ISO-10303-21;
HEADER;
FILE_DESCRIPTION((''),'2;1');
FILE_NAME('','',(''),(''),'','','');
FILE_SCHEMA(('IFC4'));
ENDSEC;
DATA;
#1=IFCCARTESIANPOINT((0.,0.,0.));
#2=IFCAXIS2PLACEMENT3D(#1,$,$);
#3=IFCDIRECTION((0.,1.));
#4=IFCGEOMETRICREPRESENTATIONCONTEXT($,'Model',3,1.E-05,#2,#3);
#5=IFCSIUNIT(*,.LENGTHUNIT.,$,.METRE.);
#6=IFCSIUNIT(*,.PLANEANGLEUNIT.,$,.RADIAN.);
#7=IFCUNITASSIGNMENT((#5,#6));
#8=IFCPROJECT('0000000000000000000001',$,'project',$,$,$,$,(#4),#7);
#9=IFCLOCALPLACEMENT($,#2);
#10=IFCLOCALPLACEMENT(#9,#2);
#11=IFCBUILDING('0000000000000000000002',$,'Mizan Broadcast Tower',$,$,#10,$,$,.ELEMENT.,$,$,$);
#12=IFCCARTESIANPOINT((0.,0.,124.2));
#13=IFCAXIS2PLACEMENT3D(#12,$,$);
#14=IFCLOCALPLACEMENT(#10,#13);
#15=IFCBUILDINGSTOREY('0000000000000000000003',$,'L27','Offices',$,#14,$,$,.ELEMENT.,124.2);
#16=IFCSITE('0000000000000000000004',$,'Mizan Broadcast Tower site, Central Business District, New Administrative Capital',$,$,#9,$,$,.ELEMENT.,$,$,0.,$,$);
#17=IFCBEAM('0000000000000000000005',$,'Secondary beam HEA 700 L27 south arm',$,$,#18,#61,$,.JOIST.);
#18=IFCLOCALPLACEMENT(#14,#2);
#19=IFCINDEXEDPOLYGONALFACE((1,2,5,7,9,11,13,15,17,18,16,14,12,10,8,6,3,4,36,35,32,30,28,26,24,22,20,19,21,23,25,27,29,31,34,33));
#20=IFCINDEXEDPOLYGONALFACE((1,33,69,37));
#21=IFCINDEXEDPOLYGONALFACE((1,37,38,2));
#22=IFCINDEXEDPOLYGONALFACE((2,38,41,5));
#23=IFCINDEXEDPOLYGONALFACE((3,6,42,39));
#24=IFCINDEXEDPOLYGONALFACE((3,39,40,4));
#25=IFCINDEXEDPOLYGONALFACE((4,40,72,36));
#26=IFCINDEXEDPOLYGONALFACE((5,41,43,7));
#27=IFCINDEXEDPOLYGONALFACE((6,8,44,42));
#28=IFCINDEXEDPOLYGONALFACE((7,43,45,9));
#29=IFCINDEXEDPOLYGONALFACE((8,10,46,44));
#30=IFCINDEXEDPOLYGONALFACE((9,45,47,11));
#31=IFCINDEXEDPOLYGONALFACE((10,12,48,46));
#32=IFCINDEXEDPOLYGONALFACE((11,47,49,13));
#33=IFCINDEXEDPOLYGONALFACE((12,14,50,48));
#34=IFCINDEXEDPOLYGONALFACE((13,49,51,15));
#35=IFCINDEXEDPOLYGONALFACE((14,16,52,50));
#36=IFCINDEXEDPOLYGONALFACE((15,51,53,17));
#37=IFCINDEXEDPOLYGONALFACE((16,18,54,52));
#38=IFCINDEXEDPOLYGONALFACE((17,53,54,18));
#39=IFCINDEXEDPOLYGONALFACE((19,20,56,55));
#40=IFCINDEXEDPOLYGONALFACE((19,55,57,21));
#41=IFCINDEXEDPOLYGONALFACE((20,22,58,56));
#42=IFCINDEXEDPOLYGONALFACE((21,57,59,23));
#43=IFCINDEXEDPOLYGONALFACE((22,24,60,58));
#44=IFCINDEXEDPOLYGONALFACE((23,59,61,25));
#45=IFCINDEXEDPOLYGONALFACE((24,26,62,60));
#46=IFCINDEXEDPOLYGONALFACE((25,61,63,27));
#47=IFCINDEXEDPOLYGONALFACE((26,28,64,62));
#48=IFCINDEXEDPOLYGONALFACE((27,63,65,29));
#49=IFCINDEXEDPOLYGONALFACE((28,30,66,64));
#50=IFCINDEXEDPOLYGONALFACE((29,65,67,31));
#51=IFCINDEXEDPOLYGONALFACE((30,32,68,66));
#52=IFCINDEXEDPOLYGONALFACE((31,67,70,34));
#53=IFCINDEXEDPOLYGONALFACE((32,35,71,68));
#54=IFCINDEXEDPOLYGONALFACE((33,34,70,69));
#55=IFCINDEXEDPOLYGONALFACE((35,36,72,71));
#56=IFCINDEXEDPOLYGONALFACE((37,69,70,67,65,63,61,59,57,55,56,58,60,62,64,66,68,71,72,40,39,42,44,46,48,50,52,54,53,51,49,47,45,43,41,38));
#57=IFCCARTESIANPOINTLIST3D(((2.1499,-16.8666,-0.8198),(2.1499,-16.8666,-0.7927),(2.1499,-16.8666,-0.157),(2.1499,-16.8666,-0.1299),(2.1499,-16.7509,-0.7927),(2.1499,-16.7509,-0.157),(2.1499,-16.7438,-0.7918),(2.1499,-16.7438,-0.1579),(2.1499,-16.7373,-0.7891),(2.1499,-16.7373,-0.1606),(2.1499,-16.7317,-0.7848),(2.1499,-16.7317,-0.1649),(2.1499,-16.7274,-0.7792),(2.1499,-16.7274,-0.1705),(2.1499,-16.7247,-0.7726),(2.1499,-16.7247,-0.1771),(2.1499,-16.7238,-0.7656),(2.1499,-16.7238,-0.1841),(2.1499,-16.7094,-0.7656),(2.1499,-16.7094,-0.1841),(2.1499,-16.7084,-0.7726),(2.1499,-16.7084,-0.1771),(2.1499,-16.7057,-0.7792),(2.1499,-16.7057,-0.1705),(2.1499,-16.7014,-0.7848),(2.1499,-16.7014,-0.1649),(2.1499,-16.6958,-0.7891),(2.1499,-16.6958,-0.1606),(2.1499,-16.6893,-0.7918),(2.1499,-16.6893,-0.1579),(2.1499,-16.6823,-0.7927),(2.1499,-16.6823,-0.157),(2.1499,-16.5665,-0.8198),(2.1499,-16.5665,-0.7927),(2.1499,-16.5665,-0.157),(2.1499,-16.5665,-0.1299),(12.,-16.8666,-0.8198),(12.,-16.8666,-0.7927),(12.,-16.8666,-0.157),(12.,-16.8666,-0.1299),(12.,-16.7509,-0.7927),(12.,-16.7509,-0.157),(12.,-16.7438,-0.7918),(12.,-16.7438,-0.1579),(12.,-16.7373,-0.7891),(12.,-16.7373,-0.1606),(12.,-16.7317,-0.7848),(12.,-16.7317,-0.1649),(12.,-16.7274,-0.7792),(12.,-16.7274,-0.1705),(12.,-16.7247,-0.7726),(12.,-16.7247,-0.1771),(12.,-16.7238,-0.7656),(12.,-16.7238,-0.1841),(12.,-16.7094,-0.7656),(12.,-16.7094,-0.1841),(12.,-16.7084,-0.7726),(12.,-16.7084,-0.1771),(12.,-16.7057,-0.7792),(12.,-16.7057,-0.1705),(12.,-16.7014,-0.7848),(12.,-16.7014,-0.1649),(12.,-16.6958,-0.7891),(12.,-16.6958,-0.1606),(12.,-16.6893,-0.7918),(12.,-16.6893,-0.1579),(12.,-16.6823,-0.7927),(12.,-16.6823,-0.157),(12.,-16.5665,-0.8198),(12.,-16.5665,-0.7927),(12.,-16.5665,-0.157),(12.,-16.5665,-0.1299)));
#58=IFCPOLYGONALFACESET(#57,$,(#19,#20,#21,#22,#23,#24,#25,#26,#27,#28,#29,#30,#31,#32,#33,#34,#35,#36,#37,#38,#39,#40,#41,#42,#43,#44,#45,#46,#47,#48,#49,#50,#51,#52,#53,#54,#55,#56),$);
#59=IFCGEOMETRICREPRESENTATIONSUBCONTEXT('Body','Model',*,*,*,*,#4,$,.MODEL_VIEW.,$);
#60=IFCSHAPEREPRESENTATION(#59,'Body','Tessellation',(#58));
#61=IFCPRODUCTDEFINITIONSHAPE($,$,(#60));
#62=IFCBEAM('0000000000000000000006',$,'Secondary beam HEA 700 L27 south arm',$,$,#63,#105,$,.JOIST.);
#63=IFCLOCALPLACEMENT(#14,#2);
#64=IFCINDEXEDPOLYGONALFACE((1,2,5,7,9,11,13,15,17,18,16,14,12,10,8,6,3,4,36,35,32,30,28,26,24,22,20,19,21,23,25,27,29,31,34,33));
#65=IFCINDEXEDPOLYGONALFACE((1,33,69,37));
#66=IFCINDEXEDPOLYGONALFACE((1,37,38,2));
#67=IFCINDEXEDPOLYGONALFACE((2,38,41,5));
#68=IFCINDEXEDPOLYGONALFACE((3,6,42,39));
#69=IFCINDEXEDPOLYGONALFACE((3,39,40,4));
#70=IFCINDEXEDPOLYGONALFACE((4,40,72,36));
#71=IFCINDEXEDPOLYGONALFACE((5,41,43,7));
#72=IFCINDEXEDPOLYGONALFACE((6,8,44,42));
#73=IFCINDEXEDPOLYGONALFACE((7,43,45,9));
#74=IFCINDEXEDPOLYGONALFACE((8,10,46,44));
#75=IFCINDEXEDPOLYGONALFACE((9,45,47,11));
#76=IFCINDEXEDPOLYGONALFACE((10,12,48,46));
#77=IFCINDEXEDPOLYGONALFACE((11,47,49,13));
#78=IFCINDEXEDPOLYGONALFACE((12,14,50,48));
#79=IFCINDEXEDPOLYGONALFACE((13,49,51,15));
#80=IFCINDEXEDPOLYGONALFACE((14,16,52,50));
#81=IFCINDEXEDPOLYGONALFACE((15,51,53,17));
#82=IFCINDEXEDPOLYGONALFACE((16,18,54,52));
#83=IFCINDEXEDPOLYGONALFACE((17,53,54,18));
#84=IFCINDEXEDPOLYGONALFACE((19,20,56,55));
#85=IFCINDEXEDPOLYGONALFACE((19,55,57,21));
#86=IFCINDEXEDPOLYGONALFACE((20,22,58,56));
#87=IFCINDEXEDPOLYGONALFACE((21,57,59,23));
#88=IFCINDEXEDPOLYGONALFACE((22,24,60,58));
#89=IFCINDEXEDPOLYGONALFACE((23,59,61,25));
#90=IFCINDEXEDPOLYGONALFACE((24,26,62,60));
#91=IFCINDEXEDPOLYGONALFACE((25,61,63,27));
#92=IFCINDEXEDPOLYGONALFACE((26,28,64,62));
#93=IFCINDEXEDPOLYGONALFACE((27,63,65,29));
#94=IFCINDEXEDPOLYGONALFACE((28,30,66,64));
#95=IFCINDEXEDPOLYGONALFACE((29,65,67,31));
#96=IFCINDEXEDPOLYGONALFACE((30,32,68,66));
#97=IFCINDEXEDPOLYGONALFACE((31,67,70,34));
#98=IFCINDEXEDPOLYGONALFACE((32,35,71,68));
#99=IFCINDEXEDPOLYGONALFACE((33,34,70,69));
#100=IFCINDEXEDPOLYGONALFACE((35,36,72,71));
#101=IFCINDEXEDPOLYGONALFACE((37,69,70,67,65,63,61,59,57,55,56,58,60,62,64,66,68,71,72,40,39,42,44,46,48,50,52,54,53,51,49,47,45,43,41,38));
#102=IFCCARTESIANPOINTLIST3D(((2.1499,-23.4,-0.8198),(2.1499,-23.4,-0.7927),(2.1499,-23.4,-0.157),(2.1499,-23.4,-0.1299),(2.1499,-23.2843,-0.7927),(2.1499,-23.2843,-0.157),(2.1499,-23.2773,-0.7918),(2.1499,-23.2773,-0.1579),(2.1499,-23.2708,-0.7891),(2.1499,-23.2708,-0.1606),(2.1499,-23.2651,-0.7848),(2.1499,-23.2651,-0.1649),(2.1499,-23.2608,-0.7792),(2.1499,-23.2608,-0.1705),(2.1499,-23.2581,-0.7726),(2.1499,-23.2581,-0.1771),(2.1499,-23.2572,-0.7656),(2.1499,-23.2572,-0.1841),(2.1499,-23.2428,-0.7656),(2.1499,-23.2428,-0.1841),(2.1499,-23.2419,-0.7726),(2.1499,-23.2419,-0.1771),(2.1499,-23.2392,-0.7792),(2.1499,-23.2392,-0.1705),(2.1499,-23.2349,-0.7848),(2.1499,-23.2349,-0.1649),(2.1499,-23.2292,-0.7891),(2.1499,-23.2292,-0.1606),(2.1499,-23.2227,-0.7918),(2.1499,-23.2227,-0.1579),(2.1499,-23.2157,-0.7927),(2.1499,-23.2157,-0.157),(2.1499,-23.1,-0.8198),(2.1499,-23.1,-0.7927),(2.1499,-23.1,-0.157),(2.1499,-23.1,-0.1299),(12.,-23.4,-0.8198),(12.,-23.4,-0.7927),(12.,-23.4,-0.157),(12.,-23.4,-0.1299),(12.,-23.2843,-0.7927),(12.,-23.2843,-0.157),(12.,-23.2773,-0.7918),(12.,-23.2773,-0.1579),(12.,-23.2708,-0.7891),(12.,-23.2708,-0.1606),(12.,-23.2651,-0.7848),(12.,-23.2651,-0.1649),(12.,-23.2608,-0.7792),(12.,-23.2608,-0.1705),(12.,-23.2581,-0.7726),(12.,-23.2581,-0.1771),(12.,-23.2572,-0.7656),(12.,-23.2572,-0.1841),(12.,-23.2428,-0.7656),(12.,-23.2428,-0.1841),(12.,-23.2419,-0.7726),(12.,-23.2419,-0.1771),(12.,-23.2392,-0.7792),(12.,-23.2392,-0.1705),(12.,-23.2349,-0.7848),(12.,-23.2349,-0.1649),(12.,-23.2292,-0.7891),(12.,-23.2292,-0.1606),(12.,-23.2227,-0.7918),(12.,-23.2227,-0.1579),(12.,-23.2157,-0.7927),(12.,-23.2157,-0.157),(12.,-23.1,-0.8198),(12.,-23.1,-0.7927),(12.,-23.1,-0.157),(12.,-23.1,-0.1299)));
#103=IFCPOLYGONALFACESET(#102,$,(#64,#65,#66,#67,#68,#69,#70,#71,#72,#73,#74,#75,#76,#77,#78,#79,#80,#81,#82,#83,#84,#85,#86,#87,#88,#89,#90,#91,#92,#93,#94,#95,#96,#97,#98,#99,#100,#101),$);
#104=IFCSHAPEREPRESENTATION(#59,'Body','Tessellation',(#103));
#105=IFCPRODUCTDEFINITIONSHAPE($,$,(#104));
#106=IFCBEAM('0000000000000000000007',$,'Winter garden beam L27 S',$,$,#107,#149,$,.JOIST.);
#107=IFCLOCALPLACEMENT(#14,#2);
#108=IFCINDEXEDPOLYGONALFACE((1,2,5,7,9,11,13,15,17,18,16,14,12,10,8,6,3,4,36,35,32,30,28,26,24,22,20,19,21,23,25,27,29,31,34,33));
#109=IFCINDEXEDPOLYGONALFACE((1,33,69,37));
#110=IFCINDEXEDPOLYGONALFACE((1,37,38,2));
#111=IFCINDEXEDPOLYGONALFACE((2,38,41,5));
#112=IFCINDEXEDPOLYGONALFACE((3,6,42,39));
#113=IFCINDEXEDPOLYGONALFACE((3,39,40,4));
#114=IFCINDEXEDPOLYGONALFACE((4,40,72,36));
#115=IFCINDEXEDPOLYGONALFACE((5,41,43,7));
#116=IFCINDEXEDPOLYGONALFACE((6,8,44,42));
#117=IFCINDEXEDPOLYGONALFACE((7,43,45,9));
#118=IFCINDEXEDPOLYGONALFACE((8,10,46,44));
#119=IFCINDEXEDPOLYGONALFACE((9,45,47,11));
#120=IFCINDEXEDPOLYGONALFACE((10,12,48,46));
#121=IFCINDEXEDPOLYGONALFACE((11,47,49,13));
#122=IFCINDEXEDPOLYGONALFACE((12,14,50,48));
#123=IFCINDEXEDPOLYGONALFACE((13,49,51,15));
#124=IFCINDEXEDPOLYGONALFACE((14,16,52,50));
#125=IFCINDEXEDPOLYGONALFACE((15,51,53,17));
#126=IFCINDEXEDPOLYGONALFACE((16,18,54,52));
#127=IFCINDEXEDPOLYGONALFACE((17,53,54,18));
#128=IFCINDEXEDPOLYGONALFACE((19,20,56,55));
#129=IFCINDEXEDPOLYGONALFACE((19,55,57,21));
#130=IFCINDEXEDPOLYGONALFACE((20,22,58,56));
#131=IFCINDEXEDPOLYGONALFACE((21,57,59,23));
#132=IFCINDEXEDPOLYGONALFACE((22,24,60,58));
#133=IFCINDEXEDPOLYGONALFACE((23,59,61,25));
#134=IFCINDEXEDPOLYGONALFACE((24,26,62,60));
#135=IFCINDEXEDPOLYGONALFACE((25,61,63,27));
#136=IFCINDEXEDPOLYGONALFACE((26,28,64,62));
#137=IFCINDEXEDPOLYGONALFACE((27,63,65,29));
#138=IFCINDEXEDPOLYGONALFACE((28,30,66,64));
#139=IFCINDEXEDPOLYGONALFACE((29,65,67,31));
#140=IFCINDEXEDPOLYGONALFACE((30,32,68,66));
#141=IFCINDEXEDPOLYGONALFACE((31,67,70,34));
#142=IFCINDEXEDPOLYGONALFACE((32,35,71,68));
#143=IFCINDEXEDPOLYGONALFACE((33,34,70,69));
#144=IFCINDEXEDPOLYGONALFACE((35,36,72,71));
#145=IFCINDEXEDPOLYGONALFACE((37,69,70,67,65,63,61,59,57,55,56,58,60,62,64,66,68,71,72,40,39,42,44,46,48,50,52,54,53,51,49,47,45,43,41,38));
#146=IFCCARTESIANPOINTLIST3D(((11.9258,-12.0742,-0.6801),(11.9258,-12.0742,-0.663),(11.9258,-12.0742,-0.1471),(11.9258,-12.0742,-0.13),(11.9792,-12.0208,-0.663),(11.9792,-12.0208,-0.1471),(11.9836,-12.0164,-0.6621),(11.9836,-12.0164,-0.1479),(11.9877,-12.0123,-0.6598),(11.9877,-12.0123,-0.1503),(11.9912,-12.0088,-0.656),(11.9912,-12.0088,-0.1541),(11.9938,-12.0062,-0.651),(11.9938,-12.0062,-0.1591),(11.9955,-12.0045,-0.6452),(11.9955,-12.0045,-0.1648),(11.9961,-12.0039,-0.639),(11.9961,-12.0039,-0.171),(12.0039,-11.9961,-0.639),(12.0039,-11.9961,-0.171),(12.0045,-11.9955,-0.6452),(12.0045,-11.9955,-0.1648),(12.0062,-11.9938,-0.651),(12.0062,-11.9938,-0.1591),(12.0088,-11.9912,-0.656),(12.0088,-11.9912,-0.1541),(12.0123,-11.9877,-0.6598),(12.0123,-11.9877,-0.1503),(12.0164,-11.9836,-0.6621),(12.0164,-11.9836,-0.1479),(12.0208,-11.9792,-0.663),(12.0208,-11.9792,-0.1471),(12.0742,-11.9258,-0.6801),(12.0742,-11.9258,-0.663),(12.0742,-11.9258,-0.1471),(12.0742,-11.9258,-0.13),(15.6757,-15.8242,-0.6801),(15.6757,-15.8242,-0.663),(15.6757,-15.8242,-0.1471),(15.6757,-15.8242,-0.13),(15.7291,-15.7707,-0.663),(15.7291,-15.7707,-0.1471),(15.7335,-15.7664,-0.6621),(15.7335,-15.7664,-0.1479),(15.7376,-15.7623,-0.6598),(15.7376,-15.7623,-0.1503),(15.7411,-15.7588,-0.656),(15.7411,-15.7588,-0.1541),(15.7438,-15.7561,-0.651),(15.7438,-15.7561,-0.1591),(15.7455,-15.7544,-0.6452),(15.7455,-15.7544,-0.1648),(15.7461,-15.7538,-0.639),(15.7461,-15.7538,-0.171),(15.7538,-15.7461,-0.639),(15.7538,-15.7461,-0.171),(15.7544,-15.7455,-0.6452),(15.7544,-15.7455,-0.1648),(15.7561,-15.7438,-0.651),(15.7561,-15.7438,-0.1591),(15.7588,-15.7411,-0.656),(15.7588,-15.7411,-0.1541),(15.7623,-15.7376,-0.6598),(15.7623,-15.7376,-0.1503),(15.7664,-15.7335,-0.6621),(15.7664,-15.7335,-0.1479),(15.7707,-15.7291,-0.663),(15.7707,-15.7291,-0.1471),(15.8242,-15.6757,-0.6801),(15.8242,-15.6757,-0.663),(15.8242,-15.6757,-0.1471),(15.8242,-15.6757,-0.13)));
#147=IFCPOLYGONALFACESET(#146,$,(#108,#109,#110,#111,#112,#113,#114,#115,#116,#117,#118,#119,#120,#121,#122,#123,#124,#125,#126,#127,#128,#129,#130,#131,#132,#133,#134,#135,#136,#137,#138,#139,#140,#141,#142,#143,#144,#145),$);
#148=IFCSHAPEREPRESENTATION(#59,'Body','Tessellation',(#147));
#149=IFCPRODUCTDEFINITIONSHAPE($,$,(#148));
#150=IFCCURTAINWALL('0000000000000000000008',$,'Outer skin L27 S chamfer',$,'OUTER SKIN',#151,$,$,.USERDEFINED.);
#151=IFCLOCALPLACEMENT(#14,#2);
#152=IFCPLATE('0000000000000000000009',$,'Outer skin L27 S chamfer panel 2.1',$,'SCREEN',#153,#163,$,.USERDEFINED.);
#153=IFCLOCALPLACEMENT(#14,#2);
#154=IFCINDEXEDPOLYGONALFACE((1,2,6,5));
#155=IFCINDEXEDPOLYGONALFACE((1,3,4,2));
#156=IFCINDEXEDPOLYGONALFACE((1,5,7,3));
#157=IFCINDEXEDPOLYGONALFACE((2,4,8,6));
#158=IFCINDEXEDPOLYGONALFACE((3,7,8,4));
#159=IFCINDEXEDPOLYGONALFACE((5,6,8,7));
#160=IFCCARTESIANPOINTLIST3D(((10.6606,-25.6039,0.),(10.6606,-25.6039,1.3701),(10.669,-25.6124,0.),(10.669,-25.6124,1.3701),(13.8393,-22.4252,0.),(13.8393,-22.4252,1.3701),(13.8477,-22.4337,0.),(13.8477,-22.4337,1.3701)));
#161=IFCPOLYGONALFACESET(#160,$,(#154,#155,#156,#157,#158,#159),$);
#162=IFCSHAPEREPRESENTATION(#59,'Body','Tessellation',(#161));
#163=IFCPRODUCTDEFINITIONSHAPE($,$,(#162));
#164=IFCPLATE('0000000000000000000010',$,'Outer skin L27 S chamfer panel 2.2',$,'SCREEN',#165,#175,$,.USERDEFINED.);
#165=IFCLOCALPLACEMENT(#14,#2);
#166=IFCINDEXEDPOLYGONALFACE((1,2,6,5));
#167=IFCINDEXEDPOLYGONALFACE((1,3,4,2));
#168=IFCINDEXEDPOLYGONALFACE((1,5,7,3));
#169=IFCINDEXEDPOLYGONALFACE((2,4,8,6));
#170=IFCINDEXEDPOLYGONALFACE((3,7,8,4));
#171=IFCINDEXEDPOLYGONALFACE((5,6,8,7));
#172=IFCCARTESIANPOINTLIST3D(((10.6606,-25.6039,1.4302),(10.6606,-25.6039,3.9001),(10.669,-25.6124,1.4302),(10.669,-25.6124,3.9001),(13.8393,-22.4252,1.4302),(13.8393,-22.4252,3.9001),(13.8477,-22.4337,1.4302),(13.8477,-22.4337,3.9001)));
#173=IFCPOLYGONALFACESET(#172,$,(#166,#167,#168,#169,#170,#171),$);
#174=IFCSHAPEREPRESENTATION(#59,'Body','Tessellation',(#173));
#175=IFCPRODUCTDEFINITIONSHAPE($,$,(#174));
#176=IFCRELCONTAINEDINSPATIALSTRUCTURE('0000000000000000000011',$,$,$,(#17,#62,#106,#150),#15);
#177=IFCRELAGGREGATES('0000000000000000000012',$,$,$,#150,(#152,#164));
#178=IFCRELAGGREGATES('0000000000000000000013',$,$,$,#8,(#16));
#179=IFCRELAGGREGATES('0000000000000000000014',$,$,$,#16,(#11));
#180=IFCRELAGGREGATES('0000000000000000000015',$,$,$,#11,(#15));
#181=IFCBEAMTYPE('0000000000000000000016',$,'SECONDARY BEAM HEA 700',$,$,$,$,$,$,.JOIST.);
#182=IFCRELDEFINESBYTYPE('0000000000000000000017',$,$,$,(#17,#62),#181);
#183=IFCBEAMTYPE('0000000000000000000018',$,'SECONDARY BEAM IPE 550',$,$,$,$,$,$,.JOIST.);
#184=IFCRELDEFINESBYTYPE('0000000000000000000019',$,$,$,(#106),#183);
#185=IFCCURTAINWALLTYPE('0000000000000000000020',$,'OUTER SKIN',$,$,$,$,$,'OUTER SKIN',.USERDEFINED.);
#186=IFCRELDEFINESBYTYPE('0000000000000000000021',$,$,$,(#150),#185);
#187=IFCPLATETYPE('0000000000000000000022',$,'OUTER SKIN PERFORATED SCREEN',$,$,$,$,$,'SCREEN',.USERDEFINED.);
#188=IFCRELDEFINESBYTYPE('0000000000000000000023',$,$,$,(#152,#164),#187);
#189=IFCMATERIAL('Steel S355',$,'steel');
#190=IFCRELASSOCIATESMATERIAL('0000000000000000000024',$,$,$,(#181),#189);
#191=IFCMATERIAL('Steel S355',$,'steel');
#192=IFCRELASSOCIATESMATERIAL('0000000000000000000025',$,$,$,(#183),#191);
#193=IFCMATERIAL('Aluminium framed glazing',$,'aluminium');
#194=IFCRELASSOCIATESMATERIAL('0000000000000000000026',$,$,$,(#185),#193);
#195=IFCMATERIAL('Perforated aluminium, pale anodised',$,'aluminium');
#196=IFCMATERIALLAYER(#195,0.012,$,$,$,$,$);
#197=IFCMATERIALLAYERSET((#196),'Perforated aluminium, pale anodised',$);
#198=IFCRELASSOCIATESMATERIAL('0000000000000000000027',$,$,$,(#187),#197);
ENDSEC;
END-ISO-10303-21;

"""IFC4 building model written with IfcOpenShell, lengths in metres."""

from ifc_helpers import new_model, si_unit, direction, frame, origin, origin_2d, place, context, subcontext, project, spatial, rectangle, i_section, extrude, material, layer, layer_set, material_profile, profile_set, type_object, element, aggregate, save


model = new_model("IFC4")

# Units and contexts
model_context = context("Model", 3, precision=1e-05, world=origin(), true_north=direction((0.0, 1.0)))
body_context = subcontext(model_context, "Body", "Model", "MODEL_VIEW")
ifc_project = project(units=[si_unit("LENGTHUNIT", "METRE"), si_unit("PLANEANGLEUNIT", "RADIAN")], contexts=[model_context])

# Site, building, storey
site_placement = place(None, origin())
site = spatial("IfcSite", under=ifc_project, at=site_placement, Name="Mizan Broadcast Tower site, Central Business District, New Administrative Capital", CompositionType="ELEMENT", RefElevation=0.0)
building_placement = place(site_placement, origin())
building = spatial("IfcBuilding", under=site, at=building_placement, Name="Mizan Broadcast Tower", CompositionType="ELEMENT")
storey_placement = place(building_placement, frame((0.0, 0.0, 124.2)))
storey = spatial("IfcBuildingStorey", under=building, at=storey_placement, Name="L27", Description="Offices", CompositionType="ELEMENT", Elevation=124.2)

# Beams
ifc_material_1 = material(Name="Steel S355", Category="steel")
ifc_material_profile_1 = material_profile(ifc_material_1, i_section(OverallWidth=0.3, OverallDepth=0.6899, WebThickness=0.0144, FlangeThickness=0.0271, FilletRadius=0.0271, at=origin_2d()), Name="HEA 700")
ifc_profile_set_1 = profile_set([ifc_material_profile_1], Name="Steel S355")
beam_type_1 = type_object("IfcBeamType", Name="SECONDARY BEAM HEA 700", PredefinedType="JOIST", material=ifc_profile_set_1)
for number, where, z_axis, x_axis, name in (
    (1, (12.0, -16.7166, -0.4749), (-1.0, 0.0, 0.0), (0.0, -1.0, 0.0), "Secondary beam HEA 700 L27 south arm"),
    (2, (12.0, -23.25, -0.4749), (-1.0, 0.0, 0.0), (0.0, -1.0, 0.0), "Secondary beam HEA 700 L27 south arm"),
):
    element("IfcBeam", number, at=place(storey_placement, frame(where, z_axis=z_axis, x_axis=x_axis)), inside=storey, type_object=beam_type_1, Name=name, PredefinedType="JOIST", context=body_context, shape_type="SweptSolid", body=[
        extrude(i_section(OverallWidth=0.3, OverallDepth=0.6899, WebThickness=0.0144, FlangeThickness=0.0271, FilletRadius=0.0271, at=origin_2d()), origin(), (0.0, 0.0, 1.0), 9.8501),
    ])
ifc_material_2 = material(Name="Steel S355", Category="steel")
ifc_material_profile_2 = material_profile(ifc_material_2, i_section(OverallWidth=0.21, OverallDepth=0.55, WebThickness=0.011, FlangeThickness=0.0171, FilletRadius=0.0239, at=origin_2d()), Name="IPE 550")
ifc_profile_set_2 = profile_set([ifc_material_profile_2], Name="Steel S355")
beam_type_2 = type_object("IfcBeamType", Name="SECONDARY BEAM IPE 550", PredefinedType="JOIST", material=ifc_profile_set_2)
beam_1_placement = place(storey_placement, frame((12.0, -12.0, -0.405), z_axis=(0.707107, -0.707107, 0.0), x_axis=(0.707107, 0.707107, 0.0)))
element("IfcBeam", 3, at=beam_1_placement, inside=storey, type_object=beam_type_2, Name="Winter garden beam L27 S", PredefinedType="JOIST", context=body_context, shape_type="SweptSolid", body=[
    extrude(i_section(OverallWidth=0.21, OverallDepth=0.55, WebThickness=0.011, FlangeThickness=0.0171, FilletRadius=0.0239, at=origin_2d()), origin(), (0.0, 0.0, 1.0), 5.3032),
])

# Curtain wall, plates
ifc_material_3 = material(Name="Aluminium framed glazing", Category="aluminium")
curtain_wall_type = type_object("IfcCurtainWallType", Name="OUTER SKIN", ElementType="OUTER SKIN", PredefinedType="USERDEFINED", material=ifc_material_3)
curtain_wall_placement = place(storey_placement, origin())
curtain_wall = element("IfcCurtainWall", 4, at=curtain_wall_placement, inside=storey, type_object=curtain_wall_type, Name="Outer skin L27 S chamfer", ObjectType="OUTER SKIN", PredefinedType="USERDEFINED")
ifc_material_4 = material(Name="Perforated aluminium, pale anodised", Category="aluminium")
ifc_layer_1 = layer(ifc_material_4, 0.012)
ifc_layer_set_1 = layer_set([ifc_layer_1], Name="Perforated aluminium, pale anodised")
plate_type = type_object("IfcPlateType", Name="OUTER SKIN PERFORATED SCREEN", ElementType="SCREEN", PredefinedType="USERDEFINED", material=ifc_layer_set_1)
plate_1_placement = place(storey_placement, frame((12.2542, -24.0188, 0.0), z_axis=(0.0, 0.0, 1.0), x_axis=(0.707107, 0.707107, 0.0)))
plate_1 = element("IfcPlate", 5, at=plate_1_placement, type_object=plate_type, Name="Outer skin L27 S chamfer panel 2.1", ObjectType="SCREEN", PredefinedType="USERDEFINED", context=body_context, shape_type="SweptSolid", body=[
    extrude(rectangle(XDim=4.4954, YDim=0.012, at=origin_2d()), origin(), (0.0, 0.0, 1.0), 1.3701),
])
plate_2_placement = place(storey_placement, frame((12.2542, -24.0188, 1.4302), z_axis=(0.0, 0.0, 1.0), x_axis=(0.707107, 0.707107, 0.0)))
plate_2 = element("IfcPlate", 6, at=plate_2_placement, type_object=plate_type, Name="Outer skin L27 S chamfer panel 2.2", ObjectType="SCREEN", PredefinedType="USERDEFINED", context=body_context, shape_type="SweptSolid", body=[
    extrude(rectangle(XDim=4.4954, YDim=0.012, at=origin_2d()), origin(), (0.0, 0.0, 1.0), 2.47),
])
aggregate(curtain_wall, [plate_1, plate_2])

save(model, "model.ifc")
